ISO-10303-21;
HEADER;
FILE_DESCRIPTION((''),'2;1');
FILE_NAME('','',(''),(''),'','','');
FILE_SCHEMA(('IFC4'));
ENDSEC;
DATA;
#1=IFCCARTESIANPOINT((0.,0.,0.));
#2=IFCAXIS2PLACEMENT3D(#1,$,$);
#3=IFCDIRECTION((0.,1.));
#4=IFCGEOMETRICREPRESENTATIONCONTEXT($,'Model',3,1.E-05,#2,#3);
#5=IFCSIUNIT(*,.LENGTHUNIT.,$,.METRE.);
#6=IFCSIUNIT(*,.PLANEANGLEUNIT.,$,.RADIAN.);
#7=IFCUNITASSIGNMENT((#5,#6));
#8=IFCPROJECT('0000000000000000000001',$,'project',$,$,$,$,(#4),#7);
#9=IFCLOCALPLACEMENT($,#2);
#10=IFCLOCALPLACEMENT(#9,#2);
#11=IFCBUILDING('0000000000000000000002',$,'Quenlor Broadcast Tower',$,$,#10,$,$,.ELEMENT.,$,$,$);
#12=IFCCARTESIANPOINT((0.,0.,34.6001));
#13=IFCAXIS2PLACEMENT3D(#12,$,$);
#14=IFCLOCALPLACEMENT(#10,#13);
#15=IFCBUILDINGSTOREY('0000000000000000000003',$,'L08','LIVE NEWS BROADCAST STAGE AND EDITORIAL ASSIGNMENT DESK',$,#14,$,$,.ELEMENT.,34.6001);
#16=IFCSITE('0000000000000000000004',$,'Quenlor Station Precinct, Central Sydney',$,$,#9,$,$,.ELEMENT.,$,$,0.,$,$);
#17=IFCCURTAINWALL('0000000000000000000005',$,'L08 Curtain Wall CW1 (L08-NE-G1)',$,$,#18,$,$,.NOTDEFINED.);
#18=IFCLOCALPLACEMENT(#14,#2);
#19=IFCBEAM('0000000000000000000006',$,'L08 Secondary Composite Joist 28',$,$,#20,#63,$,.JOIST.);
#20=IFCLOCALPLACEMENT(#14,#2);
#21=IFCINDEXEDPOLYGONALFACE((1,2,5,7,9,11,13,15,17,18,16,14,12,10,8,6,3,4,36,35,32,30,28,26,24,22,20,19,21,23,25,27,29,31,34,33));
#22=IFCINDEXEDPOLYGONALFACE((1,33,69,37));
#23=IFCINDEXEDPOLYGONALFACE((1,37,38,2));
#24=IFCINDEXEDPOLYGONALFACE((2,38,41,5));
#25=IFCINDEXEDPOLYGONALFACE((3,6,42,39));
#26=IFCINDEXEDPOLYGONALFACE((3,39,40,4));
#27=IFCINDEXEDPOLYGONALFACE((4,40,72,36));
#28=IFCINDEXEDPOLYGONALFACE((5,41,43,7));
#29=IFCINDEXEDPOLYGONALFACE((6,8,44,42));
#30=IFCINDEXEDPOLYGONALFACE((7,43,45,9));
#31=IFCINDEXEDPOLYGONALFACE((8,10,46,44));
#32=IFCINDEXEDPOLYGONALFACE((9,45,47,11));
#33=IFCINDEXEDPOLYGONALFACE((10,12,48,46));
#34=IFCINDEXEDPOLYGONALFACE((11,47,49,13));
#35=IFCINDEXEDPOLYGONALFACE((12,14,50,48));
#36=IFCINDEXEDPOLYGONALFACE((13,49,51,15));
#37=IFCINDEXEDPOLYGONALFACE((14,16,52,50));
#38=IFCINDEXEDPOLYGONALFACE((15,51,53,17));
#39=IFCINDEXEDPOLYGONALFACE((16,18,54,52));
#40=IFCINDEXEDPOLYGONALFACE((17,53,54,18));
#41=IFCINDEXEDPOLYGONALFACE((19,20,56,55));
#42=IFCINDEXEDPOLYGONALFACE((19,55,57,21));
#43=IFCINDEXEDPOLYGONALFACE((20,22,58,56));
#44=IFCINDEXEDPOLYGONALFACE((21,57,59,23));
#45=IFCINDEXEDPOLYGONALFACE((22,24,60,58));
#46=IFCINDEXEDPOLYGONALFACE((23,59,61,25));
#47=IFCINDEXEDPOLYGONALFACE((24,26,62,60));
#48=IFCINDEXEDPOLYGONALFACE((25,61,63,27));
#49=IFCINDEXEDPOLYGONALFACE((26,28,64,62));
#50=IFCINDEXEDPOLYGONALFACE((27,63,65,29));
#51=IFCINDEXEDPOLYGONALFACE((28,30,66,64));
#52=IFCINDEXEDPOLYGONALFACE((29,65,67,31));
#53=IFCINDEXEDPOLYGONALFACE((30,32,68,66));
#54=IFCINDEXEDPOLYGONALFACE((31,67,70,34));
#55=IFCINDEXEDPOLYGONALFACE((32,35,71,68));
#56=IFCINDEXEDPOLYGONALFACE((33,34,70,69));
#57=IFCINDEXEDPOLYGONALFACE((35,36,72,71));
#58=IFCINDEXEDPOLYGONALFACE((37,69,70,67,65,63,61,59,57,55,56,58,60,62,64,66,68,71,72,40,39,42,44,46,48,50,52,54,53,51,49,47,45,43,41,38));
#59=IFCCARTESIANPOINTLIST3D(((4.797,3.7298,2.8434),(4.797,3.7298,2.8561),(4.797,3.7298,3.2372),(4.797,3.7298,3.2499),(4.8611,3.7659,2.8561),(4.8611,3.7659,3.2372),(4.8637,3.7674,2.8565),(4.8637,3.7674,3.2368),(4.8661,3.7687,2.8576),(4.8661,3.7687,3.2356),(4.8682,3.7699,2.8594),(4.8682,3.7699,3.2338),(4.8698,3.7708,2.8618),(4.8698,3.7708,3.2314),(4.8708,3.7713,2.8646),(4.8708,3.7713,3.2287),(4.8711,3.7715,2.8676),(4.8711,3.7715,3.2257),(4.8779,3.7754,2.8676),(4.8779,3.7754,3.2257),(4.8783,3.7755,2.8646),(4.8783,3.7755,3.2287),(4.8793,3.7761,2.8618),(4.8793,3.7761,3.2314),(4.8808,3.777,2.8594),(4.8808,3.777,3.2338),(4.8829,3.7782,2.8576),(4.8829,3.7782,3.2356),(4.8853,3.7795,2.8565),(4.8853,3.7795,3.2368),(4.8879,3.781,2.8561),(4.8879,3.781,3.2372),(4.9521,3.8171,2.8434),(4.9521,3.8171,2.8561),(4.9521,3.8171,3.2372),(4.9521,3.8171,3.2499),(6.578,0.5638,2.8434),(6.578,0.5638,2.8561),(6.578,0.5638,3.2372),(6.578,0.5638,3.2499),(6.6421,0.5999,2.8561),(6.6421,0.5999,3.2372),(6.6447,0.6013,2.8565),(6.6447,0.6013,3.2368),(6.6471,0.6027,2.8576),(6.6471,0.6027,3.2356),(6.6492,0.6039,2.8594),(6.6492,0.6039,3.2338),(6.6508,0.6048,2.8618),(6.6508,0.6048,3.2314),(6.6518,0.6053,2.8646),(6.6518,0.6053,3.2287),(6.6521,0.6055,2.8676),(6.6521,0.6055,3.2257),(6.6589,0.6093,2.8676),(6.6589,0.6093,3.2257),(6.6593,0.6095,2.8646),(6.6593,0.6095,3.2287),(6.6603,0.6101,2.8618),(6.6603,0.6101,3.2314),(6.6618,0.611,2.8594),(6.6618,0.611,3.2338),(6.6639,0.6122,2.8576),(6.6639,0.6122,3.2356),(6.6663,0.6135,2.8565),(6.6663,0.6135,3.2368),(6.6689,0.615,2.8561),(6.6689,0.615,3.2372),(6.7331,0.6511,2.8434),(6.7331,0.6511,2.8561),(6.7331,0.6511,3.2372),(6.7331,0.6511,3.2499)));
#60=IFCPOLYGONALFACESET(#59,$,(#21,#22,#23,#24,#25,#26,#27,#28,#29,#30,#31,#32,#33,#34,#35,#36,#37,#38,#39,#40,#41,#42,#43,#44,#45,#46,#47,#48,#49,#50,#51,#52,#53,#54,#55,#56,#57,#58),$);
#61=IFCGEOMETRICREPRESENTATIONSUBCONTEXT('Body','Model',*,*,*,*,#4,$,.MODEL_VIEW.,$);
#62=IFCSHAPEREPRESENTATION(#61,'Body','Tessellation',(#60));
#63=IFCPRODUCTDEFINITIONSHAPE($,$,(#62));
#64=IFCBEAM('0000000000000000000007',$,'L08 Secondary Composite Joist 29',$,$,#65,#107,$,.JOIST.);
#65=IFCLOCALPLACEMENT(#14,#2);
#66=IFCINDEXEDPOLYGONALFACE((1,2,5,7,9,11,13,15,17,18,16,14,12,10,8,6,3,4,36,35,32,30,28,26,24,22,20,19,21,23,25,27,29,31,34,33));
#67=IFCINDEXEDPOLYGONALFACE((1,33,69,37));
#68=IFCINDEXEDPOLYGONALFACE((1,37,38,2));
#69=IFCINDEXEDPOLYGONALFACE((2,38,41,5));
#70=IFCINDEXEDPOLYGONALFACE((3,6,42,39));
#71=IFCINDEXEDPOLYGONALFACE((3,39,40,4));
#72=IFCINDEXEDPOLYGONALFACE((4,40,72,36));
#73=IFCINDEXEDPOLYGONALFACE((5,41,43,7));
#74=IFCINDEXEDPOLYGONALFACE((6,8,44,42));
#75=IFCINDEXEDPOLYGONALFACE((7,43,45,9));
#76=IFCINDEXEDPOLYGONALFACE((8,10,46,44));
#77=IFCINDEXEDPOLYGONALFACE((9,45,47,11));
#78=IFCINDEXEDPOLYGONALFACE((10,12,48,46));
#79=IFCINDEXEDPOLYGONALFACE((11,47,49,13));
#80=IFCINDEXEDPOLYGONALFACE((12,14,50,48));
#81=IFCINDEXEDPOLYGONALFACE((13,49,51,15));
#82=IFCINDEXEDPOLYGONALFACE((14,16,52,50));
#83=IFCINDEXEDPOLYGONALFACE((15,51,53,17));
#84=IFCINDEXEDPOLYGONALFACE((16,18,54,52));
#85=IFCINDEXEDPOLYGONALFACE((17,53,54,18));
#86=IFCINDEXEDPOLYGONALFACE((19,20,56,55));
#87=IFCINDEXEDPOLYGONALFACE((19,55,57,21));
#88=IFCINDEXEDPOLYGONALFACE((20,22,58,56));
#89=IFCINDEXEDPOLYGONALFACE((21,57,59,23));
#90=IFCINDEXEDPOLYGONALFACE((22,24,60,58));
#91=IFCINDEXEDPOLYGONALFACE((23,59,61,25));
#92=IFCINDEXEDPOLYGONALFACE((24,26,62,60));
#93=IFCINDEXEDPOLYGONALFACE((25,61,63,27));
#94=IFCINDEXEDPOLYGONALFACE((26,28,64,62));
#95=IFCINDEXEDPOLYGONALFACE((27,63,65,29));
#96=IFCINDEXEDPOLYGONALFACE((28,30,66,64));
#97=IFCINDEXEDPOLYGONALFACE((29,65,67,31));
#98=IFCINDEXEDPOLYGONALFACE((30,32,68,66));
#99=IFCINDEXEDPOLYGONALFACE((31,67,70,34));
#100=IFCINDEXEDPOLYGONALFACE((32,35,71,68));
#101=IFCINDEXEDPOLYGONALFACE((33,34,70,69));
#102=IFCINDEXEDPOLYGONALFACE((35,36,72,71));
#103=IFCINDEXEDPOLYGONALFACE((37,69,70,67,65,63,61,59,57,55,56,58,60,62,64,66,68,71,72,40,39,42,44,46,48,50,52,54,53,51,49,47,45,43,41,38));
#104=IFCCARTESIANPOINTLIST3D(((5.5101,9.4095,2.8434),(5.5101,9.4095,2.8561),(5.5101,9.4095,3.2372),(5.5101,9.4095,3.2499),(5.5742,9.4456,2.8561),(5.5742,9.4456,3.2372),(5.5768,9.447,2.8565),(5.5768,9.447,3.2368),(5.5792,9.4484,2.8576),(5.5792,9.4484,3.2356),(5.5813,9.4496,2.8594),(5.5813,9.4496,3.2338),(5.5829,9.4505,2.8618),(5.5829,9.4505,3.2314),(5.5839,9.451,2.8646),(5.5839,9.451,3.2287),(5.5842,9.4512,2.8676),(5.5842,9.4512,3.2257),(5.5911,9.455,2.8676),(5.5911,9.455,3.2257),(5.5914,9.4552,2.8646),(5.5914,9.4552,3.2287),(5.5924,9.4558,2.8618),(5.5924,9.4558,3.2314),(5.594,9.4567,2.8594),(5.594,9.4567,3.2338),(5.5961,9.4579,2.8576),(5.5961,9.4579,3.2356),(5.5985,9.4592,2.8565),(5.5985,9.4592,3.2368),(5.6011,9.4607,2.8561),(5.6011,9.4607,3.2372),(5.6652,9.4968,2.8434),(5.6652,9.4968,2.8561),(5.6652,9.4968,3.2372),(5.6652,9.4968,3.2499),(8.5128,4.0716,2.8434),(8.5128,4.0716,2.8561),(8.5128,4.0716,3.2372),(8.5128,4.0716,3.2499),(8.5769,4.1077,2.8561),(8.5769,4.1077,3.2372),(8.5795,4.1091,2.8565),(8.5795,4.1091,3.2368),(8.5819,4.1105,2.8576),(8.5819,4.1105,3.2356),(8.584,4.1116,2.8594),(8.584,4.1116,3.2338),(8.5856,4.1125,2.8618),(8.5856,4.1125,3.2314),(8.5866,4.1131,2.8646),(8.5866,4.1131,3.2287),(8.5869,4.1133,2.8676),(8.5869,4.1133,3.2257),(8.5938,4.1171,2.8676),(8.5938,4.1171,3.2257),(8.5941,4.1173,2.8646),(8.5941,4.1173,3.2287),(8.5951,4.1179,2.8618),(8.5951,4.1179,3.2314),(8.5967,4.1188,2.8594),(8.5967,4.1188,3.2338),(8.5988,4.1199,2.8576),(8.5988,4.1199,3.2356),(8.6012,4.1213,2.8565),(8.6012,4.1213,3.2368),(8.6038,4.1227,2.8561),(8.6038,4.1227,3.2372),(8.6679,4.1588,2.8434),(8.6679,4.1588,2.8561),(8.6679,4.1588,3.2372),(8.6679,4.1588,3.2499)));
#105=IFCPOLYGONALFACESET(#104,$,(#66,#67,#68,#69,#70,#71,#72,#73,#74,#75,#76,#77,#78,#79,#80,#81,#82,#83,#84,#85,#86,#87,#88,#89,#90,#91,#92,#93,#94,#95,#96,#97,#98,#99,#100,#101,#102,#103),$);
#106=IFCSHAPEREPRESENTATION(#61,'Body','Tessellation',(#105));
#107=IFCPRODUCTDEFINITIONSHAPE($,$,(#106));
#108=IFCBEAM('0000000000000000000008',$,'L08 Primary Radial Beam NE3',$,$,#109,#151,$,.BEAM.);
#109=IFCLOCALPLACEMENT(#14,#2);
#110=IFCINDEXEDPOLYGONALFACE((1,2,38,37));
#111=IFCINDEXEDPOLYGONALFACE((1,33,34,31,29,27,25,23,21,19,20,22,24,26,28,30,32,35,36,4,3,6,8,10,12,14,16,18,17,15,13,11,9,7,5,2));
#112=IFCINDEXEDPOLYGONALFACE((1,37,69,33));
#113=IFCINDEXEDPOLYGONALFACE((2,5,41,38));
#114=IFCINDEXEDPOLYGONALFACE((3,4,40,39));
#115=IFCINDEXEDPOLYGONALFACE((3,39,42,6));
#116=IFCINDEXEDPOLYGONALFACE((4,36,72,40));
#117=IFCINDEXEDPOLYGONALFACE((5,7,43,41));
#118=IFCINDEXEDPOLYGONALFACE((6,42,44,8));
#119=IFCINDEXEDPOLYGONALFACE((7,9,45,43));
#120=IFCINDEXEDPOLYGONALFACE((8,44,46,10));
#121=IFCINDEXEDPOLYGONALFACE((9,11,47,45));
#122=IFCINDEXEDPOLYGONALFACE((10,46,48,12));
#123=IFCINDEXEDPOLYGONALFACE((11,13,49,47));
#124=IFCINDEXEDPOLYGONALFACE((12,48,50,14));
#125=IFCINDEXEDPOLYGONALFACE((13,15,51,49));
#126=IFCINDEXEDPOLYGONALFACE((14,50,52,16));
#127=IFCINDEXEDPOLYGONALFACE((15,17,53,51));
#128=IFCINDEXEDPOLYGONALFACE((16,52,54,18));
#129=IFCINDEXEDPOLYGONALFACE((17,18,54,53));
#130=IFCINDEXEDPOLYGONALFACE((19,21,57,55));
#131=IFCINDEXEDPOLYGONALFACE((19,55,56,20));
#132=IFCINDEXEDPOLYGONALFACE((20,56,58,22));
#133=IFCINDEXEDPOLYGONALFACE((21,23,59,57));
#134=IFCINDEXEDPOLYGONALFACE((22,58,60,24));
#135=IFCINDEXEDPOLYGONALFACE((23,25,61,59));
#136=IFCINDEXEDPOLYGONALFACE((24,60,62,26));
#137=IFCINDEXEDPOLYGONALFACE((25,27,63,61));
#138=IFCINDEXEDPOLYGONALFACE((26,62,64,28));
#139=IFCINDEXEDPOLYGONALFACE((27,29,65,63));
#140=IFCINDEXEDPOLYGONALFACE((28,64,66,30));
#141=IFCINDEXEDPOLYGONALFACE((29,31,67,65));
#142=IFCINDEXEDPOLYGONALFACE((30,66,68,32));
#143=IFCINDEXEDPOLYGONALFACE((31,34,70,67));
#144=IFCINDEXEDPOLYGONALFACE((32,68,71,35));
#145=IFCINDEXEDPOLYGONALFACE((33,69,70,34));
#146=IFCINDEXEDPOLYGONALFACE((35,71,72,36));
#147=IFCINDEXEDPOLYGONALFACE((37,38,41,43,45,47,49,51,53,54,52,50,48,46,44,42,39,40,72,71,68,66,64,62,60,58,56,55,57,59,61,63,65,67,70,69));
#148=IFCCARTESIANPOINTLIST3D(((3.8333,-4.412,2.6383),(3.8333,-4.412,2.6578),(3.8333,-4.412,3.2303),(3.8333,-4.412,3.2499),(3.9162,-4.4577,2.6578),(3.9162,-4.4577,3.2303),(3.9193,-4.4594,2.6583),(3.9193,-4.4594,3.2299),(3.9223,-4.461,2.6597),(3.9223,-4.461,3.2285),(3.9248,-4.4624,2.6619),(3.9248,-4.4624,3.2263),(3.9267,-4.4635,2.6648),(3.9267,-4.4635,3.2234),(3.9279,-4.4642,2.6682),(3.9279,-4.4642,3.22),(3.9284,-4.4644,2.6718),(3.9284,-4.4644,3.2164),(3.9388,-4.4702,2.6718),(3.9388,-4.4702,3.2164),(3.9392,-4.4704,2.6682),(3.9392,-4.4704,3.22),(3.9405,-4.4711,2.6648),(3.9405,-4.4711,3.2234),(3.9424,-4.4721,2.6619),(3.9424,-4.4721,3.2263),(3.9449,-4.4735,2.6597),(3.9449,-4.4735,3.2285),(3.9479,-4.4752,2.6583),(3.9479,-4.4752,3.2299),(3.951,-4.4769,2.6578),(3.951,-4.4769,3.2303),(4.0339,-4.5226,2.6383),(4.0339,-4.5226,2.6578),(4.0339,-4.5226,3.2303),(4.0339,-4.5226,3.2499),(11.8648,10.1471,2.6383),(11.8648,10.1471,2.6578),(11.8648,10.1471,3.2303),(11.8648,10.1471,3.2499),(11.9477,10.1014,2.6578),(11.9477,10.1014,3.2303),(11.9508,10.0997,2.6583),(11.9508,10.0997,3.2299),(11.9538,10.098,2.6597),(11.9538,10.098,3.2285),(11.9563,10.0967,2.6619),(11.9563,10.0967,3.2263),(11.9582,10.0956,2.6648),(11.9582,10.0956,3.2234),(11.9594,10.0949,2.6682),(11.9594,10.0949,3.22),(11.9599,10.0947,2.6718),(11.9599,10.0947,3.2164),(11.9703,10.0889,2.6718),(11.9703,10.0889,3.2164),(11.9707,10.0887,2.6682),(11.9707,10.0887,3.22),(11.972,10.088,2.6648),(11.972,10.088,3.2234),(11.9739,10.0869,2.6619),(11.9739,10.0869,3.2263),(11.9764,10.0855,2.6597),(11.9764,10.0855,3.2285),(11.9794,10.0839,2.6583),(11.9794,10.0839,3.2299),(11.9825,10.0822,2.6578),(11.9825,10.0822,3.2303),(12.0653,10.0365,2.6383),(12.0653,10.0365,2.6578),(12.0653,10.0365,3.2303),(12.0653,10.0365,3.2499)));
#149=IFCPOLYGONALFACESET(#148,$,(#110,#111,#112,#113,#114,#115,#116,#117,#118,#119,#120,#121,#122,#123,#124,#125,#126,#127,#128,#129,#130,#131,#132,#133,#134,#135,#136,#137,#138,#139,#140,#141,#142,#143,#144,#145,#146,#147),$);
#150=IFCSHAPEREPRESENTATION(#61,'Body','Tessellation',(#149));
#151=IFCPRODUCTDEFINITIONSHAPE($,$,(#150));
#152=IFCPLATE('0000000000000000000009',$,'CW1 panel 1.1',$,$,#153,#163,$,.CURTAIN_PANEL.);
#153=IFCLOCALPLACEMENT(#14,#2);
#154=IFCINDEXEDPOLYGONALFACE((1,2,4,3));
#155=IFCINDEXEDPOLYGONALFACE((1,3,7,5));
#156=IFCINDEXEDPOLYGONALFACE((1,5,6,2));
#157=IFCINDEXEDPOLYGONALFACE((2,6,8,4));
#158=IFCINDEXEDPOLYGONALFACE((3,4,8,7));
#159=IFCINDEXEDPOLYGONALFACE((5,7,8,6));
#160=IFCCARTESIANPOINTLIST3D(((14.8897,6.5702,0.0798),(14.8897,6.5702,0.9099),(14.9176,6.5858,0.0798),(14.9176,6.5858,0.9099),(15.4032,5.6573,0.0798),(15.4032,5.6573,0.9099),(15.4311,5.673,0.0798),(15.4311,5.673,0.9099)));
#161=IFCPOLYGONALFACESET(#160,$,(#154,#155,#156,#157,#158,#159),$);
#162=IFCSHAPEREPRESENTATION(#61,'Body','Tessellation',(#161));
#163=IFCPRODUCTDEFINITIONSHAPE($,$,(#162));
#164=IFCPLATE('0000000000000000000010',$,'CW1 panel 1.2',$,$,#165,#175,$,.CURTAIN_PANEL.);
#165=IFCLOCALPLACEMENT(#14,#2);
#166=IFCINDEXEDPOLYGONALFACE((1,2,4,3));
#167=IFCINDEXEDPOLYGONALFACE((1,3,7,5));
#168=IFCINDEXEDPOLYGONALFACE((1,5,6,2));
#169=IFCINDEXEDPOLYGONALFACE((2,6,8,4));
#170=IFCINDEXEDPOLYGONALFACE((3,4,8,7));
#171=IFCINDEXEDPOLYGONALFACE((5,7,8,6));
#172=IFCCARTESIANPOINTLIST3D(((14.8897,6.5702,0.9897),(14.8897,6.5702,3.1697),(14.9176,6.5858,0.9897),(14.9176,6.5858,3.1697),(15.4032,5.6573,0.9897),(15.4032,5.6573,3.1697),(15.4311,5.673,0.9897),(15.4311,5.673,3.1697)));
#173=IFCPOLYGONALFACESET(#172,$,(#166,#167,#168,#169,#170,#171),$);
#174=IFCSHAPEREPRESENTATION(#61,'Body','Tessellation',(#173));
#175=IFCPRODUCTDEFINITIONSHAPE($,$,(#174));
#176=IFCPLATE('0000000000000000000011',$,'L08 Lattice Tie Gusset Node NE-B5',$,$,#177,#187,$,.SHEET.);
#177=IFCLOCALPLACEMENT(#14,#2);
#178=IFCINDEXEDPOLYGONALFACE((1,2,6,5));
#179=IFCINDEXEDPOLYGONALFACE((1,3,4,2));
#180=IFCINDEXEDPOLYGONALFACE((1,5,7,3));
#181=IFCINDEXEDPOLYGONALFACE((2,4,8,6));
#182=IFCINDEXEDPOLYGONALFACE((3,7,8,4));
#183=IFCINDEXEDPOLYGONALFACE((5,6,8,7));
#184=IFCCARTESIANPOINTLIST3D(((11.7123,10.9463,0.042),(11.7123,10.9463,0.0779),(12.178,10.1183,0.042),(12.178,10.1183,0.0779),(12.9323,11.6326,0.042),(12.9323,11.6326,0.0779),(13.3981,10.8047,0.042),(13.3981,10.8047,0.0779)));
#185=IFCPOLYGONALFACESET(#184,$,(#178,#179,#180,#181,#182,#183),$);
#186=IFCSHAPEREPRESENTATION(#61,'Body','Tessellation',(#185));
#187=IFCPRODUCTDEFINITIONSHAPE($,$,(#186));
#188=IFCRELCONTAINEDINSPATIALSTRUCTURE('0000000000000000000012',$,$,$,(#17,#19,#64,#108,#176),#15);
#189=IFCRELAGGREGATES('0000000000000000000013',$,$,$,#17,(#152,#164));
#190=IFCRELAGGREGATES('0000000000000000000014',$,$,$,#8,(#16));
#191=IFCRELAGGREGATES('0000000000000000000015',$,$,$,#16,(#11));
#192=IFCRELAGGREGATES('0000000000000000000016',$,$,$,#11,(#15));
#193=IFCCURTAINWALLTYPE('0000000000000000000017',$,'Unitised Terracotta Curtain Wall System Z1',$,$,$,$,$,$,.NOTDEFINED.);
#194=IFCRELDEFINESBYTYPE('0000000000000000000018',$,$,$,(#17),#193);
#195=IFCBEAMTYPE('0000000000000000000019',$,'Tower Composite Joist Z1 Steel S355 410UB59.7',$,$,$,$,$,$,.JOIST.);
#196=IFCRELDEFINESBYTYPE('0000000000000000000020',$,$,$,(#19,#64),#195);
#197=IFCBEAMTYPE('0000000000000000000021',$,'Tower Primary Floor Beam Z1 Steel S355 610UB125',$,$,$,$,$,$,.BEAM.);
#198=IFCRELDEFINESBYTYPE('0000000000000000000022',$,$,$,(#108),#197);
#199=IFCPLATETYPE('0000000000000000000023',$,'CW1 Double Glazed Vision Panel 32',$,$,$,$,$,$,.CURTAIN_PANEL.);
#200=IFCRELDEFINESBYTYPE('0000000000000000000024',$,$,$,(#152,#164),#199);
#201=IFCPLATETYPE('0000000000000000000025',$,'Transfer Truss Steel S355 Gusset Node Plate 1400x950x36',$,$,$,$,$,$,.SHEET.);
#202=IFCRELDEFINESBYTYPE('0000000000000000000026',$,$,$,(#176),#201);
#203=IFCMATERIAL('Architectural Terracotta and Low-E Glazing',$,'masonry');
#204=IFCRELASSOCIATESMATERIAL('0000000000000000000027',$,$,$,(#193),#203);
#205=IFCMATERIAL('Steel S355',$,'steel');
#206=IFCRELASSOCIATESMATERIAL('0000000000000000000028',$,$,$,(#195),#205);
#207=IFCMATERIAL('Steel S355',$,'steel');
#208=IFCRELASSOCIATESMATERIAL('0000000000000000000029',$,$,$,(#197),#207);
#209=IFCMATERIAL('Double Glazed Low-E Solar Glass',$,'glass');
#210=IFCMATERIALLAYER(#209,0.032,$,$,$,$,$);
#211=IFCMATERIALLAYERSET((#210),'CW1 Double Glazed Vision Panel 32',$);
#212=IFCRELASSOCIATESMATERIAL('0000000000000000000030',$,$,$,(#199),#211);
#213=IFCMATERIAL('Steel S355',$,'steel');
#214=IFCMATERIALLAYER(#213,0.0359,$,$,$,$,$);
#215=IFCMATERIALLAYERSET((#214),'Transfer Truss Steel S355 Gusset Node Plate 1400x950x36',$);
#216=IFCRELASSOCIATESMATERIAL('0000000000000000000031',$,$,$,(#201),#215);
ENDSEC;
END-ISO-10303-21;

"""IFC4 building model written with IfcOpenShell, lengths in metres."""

from ifc_helpers import new_model, si_unit, direction, frame, origin, origin_2d, place, context, subcontext, project, spatial, rectangle, i_section, extrude, material, layer, layer_set, material_profile, profile_set, type_object, element, aggregate, save


model = new_model("IFC4")

# Units and contexts
model_context = context("Model", 3, precision=1e-05, world=origin(), true_north=direction((0.0, 1.0)))
body_context = subcontext(model_context, "Body", "Model", "MODEL_VIEW")
ifc_project = project(units=[si_unit("LENGTHUNIT", "METRE"), si_unit("PLANEANGLEUNIT", "RADIAN")], contexts=[model_context])

# Site, building, storey
site_placement = place(None, origin())
site = spatial("IfcSite", under=ifc_project, at=site_placement, Name="Quenlor Station Precinct, Central Sydney", CompositionType="ELEMENT", RefElevation=0.0)
building_placement = place(site_placement, origin())
building = spatial("IfcBuilding", under=site, at=building_placement, Name="Quenlor Broadcast Tower", CompositionType="ELEMENT")
storey_placement = place(building_placement, frame((0.0, 0.0, 34.6001)))
storey = spatial("IfcBuildingStorey", under=building, at=storey_placement, Name="L08", Description="LIVE NEWS BROADCAST STAGE AND EDITORIAL ASSIGNMENT DESK", CompositionType="ELEMENT", Elevation=34.6001)

# Curtain wall
ifc_material_1 = material(Name="Architectural Terracotta and Low-E Glazing", Category="masonry")
curtain_wall_type = type_object("IfcCurtainWallType", Name="Unitised Terracotta Curtain Wall System Z1", PredefinedType="NOTDEFINED", material=ifc_material_1)
curtain_wall_placement = place(storey_placement, origin())
curtain_wall = element("IfcCurtainWall", 1, at=curtain_wall_placement, inside=storey, type_object=curtain_wall_type, Name="L08 Curtain Wall CW1 (L08-NE-G1)", PredefinedType="NOTDEFINED")

# Beams
ifc_material_2 = material(Name="Steel S355", Category="steel")
ifc_material_profile_1 = material_profile(ifc_material_2, i_section(OverallWidth=0.178, OverallDepth=0.4065, WebThickness=0.0078, FlangeThickness=0.0127, FilletRadius=0.0115, at=origin_2d()))
ifc_profile_set_1 = profile_set([ifc_material_profile_1], Name="Steel S355 410UB59.7")
beam_type_1 = type_object("IfcBeamType", Name="Tower Composite Joist Z1 Steel S355 410UB59.7", PredefinedType="JOIST", material=ifc_profile_set_1)
beam_1_placement = place(storey_placement, frame((4.8745, 3.7734, 3.0466), z_axis=(0.490287, -0.871561, 0.0), x_axis=(0.871561, 0.490287, 0.0)))
element("IfcBeam", 2, at=beam_1_placement, inside=storey, type_object=beam_type_1, Name="L08 Secondary Composite Joist 28", PredefinedType="JOIST", context=body_context, shape_type="SweptSolid", body=[
    extrude(i_section(OverallWidth=0.178, OverallDepth=0.4065, WebThickness=0.0078, FlangeThickness=0.0127, FilletRadius=0.0115, at=origin_2d()), origin(), (0.0, 0.0, 1.0), 3.6326),
])
beam_2_placement = place(storey_placement, frame((5.5876, 9.4531, 3.0466), z_axis=(0.490276, -0.871567, 0.0), x_axis=(0.871567, 0.490276, 0.0)))
element("IfcBeam", 3, at=beam_2_placement, inside=storey, type_object=beam_type_1, Name="L08 Secondary Composite Joist 29", PredefinedType="JOIST", context=body_context, shape_type="SweptSolid", body=[
    extrude(i_section(OverallWidth=0.178, OverallDepth=0.4065, WebThickness=0.0078, FlangeThickness=0.0127, FilletRadius=0.0115, at=origin_2d()), origin(), (0.0, 0.0, 1.0), 6.1245),
])
ifc_material_3 = material(Name="Steel S355", Category="steel")
ifc_material_profile_2 = material_profile(ifc_material_3, i_section(OverallWidth=0.229, OverallDepth=0.6116, WebThickness=0.012, FlangeThickness=0.0195, FilletRadius=0.0139, at=origin_2d()))
ifc_profile_set_2 = profile_set([ifc_material_profile_2], Name="Steel S355 610UB125")
beam_type_2 = type_object("IfcBeamType", Name="Tower Primary Floor Beam Z1 Steel S355 610UB125", PredefinedType="BEAM", material=ifc_profile_set_2)
beam_3_placement = place(storey_placement, frame((11.9651, 10.0918, 2.9441), z_axis=(-0.483026, -0.875606, 0.0), x_axis=(0.875606, -0.483026, 0.0)))
element("IfcBeam", 4, at=beam_3_placement, inside=storey, type_object=beam_type_2, Name="L08 Primary Radial Beam NE3", PredefinedType="BEAM", context=body_context, shape_type="SweptSolid", body=[
    extrude(i_section(OverallWidth=0.229, OverallDepth=0.6116, WebThickness=0.012, FlangeThickness=0.0195, FilletRadius=0.0139, at=origin_2d()), origin(), (0.0, 0.0, 1.0), 16.6274),
])

# Plates
ifc_material_4 = material(Name="Double Glazed Low-E Solar Glass", Category="glass")
ifc_layer_1 = layer(ifc_material_4, 0.032)
ifc_layer_set_1 = layer_set([ifc_layer_1], Name="CW1 Double Glazed Vision Panel 32")
plate_type_1 = type_object("IfcPlateType", Name="CW1 Double Glazed Vision Panel 32", PredefinedType="CURTAIN_PANEL", material=ifc_layer_set_1)
plate_1_placement = place(storey_placement, frame((15.1604, 6.1216, 0.0798), z_axis=(0.0, 0.0, 1.0), x_axis=(0.490277, -0.871567, 0.0)))
plate_1 = element("IfcPlate", 5, at=plate_1_placement, type_object=plate_type_1, Name="CW1 panel 1.1", PredefinedType="CURTAIN_PANEL", context=body_context, shape_type="SweptSolid", body=[
    extrude(rectangle(XDim=1.0474, YDim=0.032, at=origin_2d()), origin(), (0.0, 0.0, 1.0), 0.8301),
])
plate_2_placement = place(storey_placement, frame((15.1604, 6.1216, 0.9897), z_axis=(0.0, 0.0, 1.0), x_axis=(0.490277, -0.871567, 0.0)))
plate_2 = element("IfcPlate", 6, at=plate_2_placement, type_object=plate_type_1, Name="CW1 panel 1.2", PredefinedType="CURTAIN_PANEL", context=body_context, shape_type="SweptSolid", body=[
    extrude(rectangle(XDim=1.0474, YDim=0.032, at=origin_2d()), origin(), (0.0, 0.0, 1.0), 2.1799),
])
aggregate(curtain_wall, [plate_1, plate_2])

# Plate
ifc_material_5 = material(Name="Steel S355", Category="steel")
ifc_layer_2 = layer(ifc_material_5, 0.0359)
ifc_layer_set_2 = layer_set([ifc_layer_2], Name="Transfer Truss Steel S355 Gusset Node Plate 1400x950x36")
plate_type_2 = type_object("IfcPlateType", Name="Transfer Truss Steel S355 Gusset Node Plate 1400x950x36", PredefinedType="SHEET", material=ifc_layer_set_2)
for number, where, z_axis, x_axis, name in (
    (7, (12.5552, 10.8755, 0.042), (0.0, 0.0, 1.0), (0.871556, 0.490295, 0.0), "L08 Lattice Tie Gusset Node NE-B5"),
):
    element("IfcPlate", number, at=place(storey_placement, frame(where, z_axis=z_axis, x_axis=x_axis)), inside=storey, type_object=plate_type_2, Name=name, PredefinedType="SHEET", context=body_context, shape_type="SweptSolid", body=[
        extrude(rectangle(XDim=1.3999, YDim=0.95, at=origin_2d()), origin(), (0.0, 0.0, 1.0), 0.0359),
    ])

save(model, "model.ifc")
